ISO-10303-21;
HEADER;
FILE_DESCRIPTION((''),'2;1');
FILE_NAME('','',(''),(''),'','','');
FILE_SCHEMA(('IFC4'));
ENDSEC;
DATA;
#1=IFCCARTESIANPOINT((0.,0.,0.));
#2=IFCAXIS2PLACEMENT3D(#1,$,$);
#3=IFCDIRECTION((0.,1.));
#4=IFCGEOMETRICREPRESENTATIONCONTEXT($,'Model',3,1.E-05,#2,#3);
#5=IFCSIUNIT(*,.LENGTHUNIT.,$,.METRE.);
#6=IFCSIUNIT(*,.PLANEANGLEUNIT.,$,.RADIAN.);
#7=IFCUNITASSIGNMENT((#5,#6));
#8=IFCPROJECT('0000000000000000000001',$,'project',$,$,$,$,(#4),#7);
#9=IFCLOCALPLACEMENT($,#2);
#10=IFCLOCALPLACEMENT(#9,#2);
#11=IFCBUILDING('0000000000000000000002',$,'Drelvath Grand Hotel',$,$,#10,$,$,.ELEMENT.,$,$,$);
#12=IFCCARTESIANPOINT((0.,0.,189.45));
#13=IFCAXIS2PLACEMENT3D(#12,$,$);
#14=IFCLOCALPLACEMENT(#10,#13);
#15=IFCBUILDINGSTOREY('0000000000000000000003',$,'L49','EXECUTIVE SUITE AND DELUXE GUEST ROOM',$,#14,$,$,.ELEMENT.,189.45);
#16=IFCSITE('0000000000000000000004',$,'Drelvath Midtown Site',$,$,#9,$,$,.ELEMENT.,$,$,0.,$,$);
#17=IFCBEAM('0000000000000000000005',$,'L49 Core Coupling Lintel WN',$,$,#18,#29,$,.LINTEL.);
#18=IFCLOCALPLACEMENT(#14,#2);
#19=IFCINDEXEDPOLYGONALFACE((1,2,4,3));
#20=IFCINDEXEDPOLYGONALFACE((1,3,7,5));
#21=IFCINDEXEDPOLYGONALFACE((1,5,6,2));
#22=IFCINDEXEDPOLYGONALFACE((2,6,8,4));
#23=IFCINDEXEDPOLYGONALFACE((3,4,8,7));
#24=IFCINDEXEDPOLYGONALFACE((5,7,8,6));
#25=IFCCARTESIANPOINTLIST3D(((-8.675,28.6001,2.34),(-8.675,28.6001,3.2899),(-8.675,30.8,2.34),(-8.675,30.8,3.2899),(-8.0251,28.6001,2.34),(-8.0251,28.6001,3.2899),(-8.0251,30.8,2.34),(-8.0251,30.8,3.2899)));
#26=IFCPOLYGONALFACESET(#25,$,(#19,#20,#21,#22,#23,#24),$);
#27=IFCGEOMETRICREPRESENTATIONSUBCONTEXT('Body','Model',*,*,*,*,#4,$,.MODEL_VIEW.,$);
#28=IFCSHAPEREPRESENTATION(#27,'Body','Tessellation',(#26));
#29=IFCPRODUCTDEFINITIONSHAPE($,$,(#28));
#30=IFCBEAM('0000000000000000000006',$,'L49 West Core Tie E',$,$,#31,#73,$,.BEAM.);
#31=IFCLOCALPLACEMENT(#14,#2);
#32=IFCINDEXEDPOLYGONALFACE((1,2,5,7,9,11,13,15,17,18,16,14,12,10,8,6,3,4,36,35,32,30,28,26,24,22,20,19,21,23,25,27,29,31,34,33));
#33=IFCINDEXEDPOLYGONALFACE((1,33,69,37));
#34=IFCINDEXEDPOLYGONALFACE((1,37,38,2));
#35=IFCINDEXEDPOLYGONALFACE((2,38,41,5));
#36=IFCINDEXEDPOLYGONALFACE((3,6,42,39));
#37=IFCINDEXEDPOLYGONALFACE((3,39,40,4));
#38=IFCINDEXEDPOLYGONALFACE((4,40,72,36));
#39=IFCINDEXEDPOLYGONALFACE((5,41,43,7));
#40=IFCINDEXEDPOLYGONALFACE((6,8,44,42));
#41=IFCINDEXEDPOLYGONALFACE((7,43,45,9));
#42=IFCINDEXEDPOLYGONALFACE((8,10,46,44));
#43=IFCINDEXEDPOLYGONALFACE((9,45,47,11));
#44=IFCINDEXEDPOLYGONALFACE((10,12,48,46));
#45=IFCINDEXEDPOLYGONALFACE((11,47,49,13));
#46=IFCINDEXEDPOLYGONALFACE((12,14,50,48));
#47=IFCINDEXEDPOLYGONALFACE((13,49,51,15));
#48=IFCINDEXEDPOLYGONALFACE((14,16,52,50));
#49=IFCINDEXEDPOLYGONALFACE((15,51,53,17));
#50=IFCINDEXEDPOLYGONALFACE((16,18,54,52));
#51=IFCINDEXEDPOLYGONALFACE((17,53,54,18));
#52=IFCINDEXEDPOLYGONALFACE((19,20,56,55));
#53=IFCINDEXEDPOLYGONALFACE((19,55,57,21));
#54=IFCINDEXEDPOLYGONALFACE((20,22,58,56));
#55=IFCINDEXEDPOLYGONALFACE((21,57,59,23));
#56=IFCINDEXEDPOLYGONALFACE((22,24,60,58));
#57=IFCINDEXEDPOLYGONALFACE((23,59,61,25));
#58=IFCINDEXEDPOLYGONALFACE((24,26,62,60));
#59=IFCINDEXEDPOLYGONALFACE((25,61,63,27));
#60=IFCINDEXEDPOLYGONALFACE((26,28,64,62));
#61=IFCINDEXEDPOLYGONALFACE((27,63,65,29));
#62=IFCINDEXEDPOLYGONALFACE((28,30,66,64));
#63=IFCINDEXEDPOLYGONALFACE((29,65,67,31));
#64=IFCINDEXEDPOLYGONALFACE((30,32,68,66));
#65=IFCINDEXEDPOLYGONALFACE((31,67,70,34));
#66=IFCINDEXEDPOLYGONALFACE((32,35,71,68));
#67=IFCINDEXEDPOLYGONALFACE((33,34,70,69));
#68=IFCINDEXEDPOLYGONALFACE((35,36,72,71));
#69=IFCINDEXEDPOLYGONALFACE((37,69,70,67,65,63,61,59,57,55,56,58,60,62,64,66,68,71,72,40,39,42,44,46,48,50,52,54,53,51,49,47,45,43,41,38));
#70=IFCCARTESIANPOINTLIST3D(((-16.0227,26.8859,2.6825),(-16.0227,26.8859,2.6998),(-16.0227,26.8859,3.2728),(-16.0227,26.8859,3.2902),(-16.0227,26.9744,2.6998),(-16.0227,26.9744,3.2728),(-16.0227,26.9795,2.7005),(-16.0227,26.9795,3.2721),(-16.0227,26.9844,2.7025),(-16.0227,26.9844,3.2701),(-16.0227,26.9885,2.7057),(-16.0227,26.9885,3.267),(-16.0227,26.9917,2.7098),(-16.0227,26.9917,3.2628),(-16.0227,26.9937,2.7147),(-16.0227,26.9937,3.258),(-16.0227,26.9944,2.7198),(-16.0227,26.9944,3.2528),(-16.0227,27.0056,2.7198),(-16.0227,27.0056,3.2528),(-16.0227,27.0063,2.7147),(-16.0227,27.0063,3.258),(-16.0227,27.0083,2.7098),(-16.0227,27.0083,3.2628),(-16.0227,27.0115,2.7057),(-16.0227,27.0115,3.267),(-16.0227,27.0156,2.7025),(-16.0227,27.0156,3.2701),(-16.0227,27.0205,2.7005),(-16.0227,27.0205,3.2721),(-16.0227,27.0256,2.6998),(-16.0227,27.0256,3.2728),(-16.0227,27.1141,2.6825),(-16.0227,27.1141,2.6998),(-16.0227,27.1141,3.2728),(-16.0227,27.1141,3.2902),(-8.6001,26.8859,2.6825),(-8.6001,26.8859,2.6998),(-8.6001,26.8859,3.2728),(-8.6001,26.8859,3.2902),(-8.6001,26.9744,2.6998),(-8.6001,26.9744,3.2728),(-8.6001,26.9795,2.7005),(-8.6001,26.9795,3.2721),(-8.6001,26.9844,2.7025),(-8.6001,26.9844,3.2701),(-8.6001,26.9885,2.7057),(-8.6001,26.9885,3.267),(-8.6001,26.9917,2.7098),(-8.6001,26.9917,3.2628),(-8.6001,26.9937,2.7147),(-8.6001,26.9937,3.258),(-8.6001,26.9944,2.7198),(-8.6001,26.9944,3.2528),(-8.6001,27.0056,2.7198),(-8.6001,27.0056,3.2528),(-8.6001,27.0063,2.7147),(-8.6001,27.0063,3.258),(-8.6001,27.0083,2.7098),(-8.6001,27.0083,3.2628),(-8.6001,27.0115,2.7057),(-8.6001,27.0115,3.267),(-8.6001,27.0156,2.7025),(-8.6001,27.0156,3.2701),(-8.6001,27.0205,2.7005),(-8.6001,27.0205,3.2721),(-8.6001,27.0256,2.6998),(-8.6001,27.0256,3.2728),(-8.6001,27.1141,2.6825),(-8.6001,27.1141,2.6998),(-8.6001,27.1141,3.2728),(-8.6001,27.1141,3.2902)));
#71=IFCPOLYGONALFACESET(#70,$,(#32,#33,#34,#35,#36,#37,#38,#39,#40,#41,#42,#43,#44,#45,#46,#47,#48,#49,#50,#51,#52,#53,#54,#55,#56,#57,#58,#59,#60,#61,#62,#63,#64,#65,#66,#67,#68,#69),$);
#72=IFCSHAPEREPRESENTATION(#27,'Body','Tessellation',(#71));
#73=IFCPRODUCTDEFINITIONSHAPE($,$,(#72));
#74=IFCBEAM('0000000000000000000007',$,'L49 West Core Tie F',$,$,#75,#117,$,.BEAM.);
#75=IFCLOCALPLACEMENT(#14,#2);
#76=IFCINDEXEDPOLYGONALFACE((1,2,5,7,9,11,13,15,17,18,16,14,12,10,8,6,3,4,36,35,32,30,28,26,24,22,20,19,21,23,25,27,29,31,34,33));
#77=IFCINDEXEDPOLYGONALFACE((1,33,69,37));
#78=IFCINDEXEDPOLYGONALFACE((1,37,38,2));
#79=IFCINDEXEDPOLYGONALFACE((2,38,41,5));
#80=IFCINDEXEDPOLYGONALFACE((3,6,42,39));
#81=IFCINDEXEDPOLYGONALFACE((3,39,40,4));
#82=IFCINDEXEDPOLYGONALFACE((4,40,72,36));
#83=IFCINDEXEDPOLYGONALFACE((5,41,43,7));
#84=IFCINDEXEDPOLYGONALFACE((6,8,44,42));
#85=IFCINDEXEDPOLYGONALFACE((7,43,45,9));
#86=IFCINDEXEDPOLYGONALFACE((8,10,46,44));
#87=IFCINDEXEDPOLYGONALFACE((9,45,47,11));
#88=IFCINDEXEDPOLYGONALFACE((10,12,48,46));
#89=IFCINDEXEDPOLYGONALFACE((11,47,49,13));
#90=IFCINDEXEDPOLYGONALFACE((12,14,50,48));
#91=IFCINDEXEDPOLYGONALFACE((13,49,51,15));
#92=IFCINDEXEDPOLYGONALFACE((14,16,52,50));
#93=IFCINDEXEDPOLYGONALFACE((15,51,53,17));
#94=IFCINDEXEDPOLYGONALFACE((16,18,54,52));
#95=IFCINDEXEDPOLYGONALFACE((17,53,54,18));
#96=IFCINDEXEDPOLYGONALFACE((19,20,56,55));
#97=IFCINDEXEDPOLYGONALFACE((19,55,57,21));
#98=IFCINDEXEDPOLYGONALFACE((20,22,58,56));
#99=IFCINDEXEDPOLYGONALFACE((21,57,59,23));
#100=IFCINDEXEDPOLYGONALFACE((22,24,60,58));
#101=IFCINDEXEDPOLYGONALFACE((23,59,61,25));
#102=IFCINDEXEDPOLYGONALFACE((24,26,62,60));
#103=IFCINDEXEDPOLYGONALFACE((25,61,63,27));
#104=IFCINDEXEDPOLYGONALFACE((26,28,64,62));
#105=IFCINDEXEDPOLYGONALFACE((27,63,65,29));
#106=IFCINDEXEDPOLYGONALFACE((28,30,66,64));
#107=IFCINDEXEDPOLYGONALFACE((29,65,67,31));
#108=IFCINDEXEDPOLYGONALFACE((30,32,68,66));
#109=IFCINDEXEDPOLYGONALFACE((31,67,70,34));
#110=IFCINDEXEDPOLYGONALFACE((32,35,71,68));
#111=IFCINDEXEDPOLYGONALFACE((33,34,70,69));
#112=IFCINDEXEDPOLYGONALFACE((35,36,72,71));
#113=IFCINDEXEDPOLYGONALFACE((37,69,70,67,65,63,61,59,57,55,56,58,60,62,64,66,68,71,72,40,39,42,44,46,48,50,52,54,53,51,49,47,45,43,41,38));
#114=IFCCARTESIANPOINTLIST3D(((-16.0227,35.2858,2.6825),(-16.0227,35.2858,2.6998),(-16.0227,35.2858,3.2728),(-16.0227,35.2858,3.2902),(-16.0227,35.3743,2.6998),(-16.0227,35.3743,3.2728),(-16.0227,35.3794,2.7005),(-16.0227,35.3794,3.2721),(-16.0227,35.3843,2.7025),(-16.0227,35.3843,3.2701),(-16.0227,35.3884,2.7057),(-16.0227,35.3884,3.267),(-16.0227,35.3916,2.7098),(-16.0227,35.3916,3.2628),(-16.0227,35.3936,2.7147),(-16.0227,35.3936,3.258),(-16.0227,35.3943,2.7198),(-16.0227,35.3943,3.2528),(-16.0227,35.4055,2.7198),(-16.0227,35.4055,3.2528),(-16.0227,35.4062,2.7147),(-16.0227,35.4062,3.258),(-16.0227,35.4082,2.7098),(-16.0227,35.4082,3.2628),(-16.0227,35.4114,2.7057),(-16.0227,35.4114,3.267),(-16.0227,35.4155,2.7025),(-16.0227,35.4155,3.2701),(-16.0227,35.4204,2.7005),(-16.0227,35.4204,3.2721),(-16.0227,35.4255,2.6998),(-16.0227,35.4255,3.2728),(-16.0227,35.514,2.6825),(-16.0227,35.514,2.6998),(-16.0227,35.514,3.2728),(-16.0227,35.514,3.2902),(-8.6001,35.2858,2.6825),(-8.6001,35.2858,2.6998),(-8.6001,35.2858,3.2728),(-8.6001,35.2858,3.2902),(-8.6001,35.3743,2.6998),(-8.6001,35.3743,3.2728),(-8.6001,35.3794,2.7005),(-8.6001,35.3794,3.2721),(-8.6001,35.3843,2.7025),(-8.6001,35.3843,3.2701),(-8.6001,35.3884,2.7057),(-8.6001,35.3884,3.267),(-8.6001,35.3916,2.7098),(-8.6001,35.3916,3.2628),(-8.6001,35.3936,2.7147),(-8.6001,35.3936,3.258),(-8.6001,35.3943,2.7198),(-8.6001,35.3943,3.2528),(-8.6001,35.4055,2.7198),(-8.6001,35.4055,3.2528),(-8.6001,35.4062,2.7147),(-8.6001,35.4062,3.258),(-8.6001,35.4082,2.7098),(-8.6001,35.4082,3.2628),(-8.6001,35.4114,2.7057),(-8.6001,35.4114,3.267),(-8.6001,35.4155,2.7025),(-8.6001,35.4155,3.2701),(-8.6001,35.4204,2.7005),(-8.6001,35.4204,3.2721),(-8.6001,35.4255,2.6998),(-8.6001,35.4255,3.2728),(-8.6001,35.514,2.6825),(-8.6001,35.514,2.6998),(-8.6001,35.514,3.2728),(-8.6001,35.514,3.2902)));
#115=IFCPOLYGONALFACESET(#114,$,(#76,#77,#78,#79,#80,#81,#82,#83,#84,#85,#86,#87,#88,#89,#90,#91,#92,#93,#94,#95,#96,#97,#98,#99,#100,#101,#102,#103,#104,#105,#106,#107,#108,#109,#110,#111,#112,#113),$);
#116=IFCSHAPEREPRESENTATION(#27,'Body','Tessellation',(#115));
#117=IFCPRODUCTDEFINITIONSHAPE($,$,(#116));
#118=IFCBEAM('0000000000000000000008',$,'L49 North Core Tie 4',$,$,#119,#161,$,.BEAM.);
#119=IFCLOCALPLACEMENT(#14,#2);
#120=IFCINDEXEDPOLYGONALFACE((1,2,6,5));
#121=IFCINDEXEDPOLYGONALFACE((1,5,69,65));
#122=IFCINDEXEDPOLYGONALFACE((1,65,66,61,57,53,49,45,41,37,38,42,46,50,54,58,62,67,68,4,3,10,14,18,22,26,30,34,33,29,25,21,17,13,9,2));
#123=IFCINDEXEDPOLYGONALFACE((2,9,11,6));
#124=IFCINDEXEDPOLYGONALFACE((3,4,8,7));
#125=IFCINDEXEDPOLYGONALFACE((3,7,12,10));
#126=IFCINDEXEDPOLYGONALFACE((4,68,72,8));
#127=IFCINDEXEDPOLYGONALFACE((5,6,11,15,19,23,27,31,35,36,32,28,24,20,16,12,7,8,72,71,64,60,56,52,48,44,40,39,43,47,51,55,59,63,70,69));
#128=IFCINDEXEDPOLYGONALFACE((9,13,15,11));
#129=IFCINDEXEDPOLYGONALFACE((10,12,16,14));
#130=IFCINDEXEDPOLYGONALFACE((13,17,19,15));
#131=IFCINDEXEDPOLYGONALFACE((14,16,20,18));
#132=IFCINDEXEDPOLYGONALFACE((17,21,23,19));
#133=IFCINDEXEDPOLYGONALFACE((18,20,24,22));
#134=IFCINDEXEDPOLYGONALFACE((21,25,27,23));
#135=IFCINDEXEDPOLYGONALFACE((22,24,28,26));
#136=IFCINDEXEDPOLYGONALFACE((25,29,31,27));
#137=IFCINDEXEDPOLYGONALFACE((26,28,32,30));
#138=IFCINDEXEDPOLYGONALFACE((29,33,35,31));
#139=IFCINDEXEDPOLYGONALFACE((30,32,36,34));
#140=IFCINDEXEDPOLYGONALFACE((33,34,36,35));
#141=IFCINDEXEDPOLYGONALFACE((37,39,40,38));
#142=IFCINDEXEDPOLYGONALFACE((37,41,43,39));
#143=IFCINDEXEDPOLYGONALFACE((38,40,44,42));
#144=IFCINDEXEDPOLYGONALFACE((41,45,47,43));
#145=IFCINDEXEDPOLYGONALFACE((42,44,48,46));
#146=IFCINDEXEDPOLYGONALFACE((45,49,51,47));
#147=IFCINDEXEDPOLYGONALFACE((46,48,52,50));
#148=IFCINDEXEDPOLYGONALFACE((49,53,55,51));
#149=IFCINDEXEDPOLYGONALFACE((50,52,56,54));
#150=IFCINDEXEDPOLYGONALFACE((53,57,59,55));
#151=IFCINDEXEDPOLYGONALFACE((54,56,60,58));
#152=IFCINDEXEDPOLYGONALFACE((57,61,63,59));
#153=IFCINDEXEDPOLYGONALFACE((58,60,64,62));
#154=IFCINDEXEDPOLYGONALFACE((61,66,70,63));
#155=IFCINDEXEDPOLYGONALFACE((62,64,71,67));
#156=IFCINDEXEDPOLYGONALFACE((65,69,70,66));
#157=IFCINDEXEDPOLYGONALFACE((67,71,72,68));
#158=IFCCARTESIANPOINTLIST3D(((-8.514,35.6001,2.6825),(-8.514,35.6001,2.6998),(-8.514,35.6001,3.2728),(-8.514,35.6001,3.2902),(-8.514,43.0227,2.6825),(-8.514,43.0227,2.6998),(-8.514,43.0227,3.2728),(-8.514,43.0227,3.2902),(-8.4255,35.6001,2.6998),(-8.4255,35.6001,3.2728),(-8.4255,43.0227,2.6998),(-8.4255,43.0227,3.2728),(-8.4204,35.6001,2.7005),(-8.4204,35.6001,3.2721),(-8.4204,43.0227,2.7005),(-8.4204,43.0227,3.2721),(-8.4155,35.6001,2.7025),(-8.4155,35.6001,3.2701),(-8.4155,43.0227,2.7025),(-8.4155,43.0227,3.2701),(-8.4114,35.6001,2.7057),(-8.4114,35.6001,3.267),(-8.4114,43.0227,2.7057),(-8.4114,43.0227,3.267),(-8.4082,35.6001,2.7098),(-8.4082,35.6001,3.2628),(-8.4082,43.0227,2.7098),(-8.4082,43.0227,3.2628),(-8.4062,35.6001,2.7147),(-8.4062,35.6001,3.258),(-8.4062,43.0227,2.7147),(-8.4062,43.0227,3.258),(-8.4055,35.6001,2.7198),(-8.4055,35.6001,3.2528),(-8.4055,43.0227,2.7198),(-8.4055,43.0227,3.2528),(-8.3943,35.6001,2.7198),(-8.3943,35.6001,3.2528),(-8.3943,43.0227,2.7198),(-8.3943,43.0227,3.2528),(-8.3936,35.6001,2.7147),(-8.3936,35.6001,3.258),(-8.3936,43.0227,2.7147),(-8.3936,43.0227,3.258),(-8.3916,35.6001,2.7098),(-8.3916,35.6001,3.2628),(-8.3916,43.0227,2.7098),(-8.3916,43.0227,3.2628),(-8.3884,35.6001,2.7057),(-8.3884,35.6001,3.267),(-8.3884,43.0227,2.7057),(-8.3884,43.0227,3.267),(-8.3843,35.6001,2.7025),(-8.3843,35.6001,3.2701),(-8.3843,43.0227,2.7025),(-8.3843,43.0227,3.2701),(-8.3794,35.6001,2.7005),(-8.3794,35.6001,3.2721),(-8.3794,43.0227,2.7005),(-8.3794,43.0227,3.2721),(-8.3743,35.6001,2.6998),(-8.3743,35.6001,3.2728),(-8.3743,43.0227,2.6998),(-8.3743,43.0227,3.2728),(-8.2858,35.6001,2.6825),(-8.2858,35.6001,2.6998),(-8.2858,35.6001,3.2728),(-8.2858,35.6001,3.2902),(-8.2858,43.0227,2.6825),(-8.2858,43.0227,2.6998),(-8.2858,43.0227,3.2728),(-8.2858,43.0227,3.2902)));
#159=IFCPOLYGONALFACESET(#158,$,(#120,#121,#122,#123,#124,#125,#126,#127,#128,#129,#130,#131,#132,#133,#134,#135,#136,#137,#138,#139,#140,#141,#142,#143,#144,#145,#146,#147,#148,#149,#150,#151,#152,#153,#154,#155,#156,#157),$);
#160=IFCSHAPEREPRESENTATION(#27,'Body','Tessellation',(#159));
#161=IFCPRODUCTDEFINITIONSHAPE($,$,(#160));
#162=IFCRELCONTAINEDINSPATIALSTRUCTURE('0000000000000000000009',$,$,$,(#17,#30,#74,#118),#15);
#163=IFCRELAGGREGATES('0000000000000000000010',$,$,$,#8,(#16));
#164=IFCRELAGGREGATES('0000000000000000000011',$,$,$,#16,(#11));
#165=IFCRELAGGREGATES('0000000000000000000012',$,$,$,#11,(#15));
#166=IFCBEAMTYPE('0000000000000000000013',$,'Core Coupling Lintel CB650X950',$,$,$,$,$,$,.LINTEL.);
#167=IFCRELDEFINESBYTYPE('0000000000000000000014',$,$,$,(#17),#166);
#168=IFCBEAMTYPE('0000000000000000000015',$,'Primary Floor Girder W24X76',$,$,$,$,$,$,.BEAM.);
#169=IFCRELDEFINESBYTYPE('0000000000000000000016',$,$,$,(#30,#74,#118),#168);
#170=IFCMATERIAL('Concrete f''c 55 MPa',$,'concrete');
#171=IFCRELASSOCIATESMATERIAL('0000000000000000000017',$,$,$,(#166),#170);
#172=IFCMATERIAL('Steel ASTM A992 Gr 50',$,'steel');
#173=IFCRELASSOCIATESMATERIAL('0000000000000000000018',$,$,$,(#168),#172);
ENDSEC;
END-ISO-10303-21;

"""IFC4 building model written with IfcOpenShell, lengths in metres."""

from ifc_helpers import new_model, si_unit, direction, frame, origin, origin_2d, place, context, subcontext, project, spatial, rectangle, i_section, extrude, material, material_profile, profile_set, type_object, element, save


model = new_model("IFC4")

# Units and contexts
model_context = context("Model", 3, precision=1e-05, world=origin(), true_north=direction((0.0, 1.0)))
body_context = subcontext(model_context, "Body", "Model", "MODEL_VIEW")
ifc_project = project(units=[si_unit("LENGTHUNIT", "METRE"), si_unit("PLANEANGLEUNIT", "RADIAN")], contexts=[model_context])

# Site, building, storey
site_placement = place(None, origin())
site = spatial("IfcSite", under=ifc_project, at=site_placement, Name="Drelvath Midtown Site", CompositionType="ELEMENT", RefElevation=0.0)
building_placement = place(site_placement, origin())
building = spatial("IfcBuilding", under=site, at=building_placement, Name="Drelvath Grand Hotel", CompositionType="ELEMENT")
storey_placement = place(building_placement, frame((0.0, 0.0, 189.45)))
storey = spatial("IfcBuildingStorey", under=building, at=storey_placement, Name="L49", Description="EXECUTIVE SUITE AND DELUXE GUEST ROOM", CompositionType="ELEMENT", Elevation=189.45)

# Beams
ifc_material_1 = material(Name="Concrete f'c 55 MPa", Category="concrete")
ifc_material_profile_1 = material_profile(ifc_material_1, rectangle(XDim=0.6499, YDim=0.95, at=origin_2d()), Name="CB650X950")
ifc_profile_set_1 = profile_set([ifc_material_profile_1], Name="Concrete f'c 55 MPa")
beam_type_1 = type_object("IfcBeamType", Name="Core Coupling Lintel CB650X950", PredefinedType="LINTEL", material=ifc_profile_set_1)
beam_placement = place(storey_placement, frame((-8.3501, 28.6001, 2.8149), z_axis=(0.0, 1.0, 0.0), x_axis=(-1.0, 0.0, 0.0)))
element("IfcBeam", 1, at=beam_placement, inside=storey, type_object=beam_type_1, Name="L49 Core Coupling Lintel WN", PredefinedType="LINTEL", context=body_context, shape_type="SweptSolid", body=[
    extrude(rectangle(XDim=0.6499, YDim=0.95, at=origin_2d()), origin(), (0.0, 0.0, 1.0), 2.2),
])
ifc_material_2 = material(Name="Steel ASTM A992 Gr 50", Category="steel")
ifc_material_profile_2 = material_profile(ifc_material_2, i_section(OverallWidth=0.2283, OverallDepth=0.6077, WebThickness=0.0112, FlangeThickness=0.0173, FilletRadius=0.02, at=origin_2d()), Name="W24X76")
ifc_profile_set_2 = profile_set([ifc_material_profile_2], Name="Steel ASTM A992 Gr 50")
beam_type_2 = type_object("IfcBeamType", Name="Primary Floor Girder W24X76", PredefinedType="BEAM", material=ifc_profile_set_2)
for number, where, z_axis, x_axis, name in (
    (2, (-16.0227, 27.0, 2.9863), (1.0, 0.0, 0.0), (0.0, 1.0, 0.0), "L49 West Core Tie E"),
    (3, (-16.0227, 35.3999, 2.9863), (1.0, 0.0, 0.0), (0.0, 1.0, 0.0), "L49 West Core Tie F"),
    (4, (-8.3999, 35.6001, 2.9863), (0.0, 1.0, 0.0), (-1.0, 0.0, 0.0), "L49 North Core Tie 4"),
):
    element("IfcBeam", number, at=place(storey_placement, frame(where, z_axis=z_axis, x_axis=x_axis)), inside=storey, type_object=beam_type_2, Name=name, PredefinedType="BEAM", context=body_context, shape_type="SweptSolid", body=[
        extrude(i_section(OverallWidth=0.2283, OverallDepth=0.6077, WebThickness=0.0112, FlangeThickness=0.0173, FilletRadius=0.02, at=origin_2d()), origin(), (0.0, 0.0, 1.0), 7.4226),
    ])

save(model, "model.ifc")
